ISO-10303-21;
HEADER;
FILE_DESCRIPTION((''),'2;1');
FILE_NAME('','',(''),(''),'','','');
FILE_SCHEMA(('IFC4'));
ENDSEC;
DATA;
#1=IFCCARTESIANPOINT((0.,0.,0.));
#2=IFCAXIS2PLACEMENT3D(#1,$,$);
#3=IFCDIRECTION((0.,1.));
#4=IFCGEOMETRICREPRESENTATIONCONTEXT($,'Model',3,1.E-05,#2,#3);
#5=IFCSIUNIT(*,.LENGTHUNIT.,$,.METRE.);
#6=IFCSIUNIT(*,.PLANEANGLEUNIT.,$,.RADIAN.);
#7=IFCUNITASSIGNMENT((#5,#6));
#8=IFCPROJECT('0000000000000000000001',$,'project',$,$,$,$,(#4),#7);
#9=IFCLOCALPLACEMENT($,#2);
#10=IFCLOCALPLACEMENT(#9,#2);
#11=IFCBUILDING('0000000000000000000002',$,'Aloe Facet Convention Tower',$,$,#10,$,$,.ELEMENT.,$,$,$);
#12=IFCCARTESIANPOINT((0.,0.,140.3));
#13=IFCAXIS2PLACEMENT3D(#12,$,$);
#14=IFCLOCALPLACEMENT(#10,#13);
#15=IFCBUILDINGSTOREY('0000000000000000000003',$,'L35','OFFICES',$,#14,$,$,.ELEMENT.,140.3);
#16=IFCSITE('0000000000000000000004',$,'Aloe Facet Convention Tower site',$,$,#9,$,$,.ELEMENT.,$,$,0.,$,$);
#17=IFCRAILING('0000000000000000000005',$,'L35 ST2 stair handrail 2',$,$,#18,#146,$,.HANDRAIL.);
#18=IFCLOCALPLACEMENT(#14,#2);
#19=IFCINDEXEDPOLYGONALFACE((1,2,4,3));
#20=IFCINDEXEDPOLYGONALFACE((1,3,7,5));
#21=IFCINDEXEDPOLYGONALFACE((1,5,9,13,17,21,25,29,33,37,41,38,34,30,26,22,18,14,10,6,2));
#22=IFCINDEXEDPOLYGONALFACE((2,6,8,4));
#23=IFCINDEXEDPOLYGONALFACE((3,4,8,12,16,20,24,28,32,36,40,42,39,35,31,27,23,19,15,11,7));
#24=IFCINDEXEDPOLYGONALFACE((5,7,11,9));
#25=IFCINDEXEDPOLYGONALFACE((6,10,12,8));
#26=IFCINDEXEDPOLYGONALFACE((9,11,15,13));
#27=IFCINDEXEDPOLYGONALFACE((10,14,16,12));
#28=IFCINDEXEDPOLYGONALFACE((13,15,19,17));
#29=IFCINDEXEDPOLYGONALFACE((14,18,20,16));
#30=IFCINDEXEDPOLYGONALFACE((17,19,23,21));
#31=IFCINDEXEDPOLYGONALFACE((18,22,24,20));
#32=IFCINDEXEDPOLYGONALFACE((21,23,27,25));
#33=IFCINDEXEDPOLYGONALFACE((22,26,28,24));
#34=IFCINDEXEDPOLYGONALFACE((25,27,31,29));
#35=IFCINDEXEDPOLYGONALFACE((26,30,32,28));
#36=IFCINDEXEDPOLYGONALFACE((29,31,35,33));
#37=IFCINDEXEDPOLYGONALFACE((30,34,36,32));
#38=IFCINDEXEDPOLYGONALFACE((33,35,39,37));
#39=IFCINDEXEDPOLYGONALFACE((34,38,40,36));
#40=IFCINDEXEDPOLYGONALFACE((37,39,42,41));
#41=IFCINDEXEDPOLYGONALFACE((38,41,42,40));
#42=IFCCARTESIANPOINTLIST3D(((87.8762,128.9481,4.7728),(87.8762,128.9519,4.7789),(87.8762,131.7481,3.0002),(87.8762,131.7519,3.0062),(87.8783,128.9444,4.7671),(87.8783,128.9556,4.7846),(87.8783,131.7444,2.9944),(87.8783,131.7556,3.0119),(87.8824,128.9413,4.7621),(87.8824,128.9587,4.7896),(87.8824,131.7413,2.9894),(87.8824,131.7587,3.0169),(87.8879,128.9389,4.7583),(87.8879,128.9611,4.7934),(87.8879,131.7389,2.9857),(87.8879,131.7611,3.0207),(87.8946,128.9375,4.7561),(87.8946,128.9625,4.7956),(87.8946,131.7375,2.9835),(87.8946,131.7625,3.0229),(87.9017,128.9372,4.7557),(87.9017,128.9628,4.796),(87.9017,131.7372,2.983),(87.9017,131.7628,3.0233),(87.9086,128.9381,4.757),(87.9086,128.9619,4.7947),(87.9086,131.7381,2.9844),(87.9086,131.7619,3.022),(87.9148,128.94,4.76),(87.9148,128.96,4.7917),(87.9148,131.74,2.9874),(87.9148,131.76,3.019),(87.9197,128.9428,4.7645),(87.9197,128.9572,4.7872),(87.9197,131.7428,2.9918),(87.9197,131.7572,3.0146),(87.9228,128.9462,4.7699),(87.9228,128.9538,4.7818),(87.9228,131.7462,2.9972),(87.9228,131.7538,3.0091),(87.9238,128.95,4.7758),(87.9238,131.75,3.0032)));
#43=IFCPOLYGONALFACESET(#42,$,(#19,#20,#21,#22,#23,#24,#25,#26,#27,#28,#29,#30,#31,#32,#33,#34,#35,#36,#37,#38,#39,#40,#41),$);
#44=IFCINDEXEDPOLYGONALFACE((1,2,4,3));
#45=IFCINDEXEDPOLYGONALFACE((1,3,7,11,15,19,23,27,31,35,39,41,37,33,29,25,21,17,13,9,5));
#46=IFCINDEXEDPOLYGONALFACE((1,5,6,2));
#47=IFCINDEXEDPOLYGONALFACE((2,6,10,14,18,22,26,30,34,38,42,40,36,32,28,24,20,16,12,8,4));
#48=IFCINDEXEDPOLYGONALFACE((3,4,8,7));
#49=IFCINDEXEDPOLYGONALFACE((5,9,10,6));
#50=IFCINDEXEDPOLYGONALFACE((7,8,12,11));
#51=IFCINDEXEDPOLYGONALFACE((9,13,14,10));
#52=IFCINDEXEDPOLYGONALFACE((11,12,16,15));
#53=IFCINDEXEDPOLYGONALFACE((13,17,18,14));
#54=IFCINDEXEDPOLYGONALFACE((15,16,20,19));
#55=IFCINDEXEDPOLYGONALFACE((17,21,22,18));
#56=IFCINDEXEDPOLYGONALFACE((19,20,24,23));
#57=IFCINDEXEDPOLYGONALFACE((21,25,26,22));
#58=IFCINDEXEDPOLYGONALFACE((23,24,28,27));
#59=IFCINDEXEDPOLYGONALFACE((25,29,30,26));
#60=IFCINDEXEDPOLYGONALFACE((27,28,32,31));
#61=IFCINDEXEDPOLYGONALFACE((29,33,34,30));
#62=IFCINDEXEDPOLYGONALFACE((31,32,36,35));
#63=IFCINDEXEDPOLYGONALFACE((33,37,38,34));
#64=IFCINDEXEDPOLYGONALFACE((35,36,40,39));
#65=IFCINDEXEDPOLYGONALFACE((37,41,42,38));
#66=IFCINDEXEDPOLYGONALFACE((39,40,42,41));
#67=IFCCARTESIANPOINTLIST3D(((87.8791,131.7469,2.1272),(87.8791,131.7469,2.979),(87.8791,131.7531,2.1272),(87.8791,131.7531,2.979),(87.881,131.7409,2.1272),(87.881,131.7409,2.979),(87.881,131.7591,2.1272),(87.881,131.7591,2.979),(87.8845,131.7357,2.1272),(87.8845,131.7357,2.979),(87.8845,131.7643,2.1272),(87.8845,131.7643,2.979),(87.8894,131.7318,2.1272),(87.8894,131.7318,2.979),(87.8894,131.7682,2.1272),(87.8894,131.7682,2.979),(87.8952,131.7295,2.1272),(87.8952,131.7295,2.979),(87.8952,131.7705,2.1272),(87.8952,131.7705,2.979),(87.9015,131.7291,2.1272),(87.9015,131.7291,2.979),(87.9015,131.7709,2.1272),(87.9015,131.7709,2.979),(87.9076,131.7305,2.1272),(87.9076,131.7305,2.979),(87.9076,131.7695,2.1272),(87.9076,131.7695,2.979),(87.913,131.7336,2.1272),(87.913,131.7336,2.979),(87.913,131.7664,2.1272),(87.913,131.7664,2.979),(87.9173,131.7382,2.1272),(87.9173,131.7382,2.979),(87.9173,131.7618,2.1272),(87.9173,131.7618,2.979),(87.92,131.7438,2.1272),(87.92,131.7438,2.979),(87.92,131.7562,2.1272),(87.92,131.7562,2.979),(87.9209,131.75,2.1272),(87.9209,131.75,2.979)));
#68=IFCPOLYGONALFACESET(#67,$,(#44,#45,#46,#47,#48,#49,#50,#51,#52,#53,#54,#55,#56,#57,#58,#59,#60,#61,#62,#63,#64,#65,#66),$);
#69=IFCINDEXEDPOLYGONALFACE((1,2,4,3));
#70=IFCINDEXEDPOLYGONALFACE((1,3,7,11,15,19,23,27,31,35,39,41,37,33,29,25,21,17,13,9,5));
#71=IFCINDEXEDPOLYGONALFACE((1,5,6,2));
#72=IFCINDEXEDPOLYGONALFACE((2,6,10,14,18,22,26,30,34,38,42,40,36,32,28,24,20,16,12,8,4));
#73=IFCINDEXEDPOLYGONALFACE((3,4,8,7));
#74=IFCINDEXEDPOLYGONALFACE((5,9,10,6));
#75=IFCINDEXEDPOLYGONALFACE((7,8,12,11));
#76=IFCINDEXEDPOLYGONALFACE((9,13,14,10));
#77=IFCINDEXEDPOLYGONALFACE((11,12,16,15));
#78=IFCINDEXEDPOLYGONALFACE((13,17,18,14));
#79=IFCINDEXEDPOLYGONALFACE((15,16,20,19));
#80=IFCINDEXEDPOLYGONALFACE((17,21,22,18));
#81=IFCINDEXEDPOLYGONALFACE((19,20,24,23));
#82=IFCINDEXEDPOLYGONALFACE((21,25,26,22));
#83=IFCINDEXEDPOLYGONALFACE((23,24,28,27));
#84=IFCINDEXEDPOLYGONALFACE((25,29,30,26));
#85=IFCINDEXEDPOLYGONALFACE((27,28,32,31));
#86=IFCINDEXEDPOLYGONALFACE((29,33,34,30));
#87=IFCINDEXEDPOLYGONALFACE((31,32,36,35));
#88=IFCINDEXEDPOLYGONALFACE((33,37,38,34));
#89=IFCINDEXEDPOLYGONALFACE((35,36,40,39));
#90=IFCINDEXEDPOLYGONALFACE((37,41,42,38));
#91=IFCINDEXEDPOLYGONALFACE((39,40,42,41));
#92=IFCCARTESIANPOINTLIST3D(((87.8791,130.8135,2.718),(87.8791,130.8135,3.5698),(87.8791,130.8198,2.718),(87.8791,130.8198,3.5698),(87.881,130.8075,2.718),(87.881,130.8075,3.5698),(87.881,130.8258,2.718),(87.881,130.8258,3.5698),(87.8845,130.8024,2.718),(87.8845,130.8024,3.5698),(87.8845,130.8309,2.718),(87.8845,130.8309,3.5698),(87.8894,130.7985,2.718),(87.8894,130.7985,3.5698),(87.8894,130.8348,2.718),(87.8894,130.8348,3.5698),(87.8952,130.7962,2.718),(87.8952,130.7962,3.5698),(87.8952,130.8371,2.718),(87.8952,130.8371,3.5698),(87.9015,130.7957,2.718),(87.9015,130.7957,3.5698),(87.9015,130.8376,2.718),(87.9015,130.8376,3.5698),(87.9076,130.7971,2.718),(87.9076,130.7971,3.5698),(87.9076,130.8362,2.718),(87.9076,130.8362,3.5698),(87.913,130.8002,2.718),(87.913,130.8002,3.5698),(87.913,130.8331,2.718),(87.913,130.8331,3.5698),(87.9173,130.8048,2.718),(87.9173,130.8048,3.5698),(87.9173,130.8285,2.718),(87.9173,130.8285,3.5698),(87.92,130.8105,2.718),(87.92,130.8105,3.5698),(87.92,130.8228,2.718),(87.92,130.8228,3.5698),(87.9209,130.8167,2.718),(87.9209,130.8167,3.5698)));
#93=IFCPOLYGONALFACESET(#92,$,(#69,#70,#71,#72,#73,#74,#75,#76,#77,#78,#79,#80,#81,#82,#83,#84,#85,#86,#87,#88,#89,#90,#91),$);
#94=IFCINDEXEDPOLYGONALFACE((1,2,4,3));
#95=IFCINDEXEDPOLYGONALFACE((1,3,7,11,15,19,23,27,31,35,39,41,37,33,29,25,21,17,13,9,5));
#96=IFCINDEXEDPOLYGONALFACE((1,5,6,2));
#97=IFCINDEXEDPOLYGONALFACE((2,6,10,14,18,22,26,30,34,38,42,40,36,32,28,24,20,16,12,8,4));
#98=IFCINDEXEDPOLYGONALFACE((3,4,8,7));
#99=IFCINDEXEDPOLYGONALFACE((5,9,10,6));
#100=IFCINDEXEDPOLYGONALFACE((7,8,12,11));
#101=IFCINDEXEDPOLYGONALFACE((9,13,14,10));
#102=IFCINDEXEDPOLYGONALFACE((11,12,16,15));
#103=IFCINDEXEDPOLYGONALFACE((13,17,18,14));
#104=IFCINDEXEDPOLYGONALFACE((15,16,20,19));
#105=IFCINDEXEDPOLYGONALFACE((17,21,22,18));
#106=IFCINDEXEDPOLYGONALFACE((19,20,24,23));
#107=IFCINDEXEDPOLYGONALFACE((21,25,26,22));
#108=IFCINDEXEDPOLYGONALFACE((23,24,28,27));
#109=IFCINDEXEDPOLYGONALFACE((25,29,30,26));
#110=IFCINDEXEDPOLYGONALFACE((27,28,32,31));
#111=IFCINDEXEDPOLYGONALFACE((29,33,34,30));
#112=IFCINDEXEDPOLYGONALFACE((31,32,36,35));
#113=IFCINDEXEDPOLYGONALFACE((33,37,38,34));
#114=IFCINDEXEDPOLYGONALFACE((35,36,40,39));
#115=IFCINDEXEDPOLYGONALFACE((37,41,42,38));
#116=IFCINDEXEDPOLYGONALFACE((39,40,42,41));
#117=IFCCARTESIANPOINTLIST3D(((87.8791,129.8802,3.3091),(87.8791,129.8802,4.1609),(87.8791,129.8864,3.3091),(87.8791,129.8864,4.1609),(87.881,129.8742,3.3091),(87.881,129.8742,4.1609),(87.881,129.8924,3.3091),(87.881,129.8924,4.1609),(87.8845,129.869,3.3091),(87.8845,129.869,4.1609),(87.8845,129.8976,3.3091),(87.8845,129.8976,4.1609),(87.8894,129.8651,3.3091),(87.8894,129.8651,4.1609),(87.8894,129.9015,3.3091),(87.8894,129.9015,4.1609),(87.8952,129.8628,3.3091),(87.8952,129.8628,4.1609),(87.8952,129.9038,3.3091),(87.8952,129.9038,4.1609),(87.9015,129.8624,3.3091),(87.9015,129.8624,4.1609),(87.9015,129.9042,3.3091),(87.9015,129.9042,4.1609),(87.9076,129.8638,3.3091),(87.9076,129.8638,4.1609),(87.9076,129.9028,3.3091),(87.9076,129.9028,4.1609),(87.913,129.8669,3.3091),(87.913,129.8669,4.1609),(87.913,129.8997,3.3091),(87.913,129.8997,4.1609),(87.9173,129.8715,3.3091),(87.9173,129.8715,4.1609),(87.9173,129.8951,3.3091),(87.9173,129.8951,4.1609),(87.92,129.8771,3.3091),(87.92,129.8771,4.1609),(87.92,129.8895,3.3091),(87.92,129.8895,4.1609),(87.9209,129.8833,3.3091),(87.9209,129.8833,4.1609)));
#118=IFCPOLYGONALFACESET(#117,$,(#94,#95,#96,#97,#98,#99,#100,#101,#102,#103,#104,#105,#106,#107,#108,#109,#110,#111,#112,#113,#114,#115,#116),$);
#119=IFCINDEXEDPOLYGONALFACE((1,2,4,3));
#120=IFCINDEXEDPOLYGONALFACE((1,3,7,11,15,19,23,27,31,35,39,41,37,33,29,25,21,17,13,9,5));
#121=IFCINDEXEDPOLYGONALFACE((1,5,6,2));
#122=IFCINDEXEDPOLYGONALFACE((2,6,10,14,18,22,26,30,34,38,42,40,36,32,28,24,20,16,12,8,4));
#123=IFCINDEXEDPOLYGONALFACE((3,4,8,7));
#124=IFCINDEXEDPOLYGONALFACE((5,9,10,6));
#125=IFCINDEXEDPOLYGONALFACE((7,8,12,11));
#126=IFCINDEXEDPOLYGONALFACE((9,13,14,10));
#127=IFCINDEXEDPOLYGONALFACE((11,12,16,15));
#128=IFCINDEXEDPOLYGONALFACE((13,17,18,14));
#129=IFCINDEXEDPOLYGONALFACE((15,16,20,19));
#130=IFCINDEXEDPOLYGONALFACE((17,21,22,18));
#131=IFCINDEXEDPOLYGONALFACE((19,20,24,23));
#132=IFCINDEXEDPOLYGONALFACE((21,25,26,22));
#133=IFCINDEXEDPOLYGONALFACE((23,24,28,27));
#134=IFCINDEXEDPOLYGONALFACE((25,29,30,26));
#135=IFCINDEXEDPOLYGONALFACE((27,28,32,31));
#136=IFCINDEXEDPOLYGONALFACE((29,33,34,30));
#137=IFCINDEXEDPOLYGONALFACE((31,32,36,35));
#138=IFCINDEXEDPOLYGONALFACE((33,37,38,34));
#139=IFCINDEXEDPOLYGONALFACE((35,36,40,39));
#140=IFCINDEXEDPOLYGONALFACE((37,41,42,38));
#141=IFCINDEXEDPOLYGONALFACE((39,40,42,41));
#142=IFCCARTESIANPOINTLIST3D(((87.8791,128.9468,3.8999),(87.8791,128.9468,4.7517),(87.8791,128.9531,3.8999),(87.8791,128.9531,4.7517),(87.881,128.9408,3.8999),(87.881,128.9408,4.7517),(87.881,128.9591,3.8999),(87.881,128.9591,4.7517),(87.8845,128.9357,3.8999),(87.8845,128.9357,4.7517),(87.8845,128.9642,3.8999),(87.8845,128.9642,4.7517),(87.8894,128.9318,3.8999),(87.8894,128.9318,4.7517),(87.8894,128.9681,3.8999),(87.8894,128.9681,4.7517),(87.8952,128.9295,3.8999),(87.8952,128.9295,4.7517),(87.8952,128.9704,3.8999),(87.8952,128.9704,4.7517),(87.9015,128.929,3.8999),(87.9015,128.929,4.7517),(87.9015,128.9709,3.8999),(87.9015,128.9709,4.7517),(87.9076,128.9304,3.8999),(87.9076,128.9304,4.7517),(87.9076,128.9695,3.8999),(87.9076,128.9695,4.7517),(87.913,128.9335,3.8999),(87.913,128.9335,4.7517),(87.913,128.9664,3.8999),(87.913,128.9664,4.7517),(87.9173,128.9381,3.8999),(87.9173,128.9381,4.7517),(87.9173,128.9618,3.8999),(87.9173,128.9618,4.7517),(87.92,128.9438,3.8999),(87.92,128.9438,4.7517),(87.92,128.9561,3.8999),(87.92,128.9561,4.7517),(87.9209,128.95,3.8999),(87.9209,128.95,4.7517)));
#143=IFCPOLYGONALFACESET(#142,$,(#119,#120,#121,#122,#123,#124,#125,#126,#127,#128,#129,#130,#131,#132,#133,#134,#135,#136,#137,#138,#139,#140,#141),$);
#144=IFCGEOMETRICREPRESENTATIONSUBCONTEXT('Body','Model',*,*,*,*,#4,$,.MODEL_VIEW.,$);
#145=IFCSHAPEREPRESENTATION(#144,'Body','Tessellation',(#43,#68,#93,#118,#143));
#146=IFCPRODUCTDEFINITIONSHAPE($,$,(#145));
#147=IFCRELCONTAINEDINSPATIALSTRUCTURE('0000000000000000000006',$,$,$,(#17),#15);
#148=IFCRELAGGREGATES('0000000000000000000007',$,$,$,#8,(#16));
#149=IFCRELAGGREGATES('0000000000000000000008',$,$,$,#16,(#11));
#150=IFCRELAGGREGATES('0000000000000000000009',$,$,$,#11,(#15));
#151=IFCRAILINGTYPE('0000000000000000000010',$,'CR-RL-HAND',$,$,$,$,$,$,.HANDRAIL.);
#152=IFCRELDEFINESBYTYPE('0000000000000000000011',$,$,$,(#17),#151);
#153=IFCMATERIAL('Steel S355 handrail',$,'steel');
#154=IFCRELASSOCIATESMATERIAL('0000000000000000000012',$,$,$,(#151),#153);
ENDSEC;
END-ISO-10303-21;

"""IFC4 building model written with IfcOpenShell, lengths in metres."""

from ifc_helpers import new_model, si_unit, direction, frame, origin, origin_2d, place, context, subcontext, project, spatial, circle, extrude, material, type_object, element, save


model = new_model("IFC4")

# Units and contexts
model_context = context("Model", 3, precision=1e-05, world=origin(), true_north=direction((0.0, 1.0)))
body_context = subcontext(model_context, "Body", "Model", "MODEL_VIEW")
ifc_project = project(units=[si_unit("LENGTHUNIT", "METRE"), si_unit("PLANEANGLEUNIT", "RADIAN")], contexts=[model_context])

# Site, building, storey
site_placement = place(None, origin())
site = spatial("IfcSite", under=ifc_project, at=site_placement, Name="Aloe Facet Convention Tower site", CompositionType="ELEMENT", RefElevation=0.0)
building_placement = place(site_placement, origin())
building = spatial("IfcBuilding", under=site, at=building_placement, Name="Aloe Facet Convention Tower", CompositionType="ELEMENT")
storey_placement = place(building_placement, frame((0.0, 0.0, 140.3)))
storey = spatial("IfcBuildingStorey", under=building, at=storey_placement, Name="L35", Description="OFFICES", CompositionType="ELEMENT", Elevation=140.3)

# Railing
ifc_material_1 = material(Name="Steel S355 handrail", Category="steel")
railing_type_1 = type_object("IfcRailingType", Name="CR-RL-HAND", PredefinedType="HANDRAIL", material=ifc_material_1)
railing_1_placement = place(storey_placement, frame((87.8999, 131.75, 2.1272)))
element("IfcRailing", 1, at=railing_1_placement, inside=storey, type_object=railing_type_1, Name="L35 ST2 stair handrail 2", PredefinedType="HANDRAIL", context=body_context, shape_type="SweptSolid", body=[
    extrude(circle(Radius=0.0239, at=origin_2d()), frame((0.0, 0.0, 0.876), z_axis=(0.0, -0.844909, 0.53491), x_axis=(1.0, 0.0, 0.0)), (0.0, 0.0, 1.0), 3.314),
    extrude(circle(Radius=0.021, at=origin_2d()), origin(), (0.0, 0.0, 1.0), 0.8518),
    extrude(circle(Radius=0.021, at=origin_2d()), frame((0.0, -0.9333, 0.5908)), (0.0, 0.0, 1.0), 0.8518),
    extrude(circle(Radius=0.021, at=origin_2d()), frame((0.0, -1.8667, 1.1819)), (0.0, 0.0, 1.0), 0.8518),
    extrude(circle(Radius=0.021, at=origin_2d()), frame((0.0, -2.8, 1.7727)), (0.0, 0.0, 1.0), 0.8518),
])

save(model, "model.ifc")
